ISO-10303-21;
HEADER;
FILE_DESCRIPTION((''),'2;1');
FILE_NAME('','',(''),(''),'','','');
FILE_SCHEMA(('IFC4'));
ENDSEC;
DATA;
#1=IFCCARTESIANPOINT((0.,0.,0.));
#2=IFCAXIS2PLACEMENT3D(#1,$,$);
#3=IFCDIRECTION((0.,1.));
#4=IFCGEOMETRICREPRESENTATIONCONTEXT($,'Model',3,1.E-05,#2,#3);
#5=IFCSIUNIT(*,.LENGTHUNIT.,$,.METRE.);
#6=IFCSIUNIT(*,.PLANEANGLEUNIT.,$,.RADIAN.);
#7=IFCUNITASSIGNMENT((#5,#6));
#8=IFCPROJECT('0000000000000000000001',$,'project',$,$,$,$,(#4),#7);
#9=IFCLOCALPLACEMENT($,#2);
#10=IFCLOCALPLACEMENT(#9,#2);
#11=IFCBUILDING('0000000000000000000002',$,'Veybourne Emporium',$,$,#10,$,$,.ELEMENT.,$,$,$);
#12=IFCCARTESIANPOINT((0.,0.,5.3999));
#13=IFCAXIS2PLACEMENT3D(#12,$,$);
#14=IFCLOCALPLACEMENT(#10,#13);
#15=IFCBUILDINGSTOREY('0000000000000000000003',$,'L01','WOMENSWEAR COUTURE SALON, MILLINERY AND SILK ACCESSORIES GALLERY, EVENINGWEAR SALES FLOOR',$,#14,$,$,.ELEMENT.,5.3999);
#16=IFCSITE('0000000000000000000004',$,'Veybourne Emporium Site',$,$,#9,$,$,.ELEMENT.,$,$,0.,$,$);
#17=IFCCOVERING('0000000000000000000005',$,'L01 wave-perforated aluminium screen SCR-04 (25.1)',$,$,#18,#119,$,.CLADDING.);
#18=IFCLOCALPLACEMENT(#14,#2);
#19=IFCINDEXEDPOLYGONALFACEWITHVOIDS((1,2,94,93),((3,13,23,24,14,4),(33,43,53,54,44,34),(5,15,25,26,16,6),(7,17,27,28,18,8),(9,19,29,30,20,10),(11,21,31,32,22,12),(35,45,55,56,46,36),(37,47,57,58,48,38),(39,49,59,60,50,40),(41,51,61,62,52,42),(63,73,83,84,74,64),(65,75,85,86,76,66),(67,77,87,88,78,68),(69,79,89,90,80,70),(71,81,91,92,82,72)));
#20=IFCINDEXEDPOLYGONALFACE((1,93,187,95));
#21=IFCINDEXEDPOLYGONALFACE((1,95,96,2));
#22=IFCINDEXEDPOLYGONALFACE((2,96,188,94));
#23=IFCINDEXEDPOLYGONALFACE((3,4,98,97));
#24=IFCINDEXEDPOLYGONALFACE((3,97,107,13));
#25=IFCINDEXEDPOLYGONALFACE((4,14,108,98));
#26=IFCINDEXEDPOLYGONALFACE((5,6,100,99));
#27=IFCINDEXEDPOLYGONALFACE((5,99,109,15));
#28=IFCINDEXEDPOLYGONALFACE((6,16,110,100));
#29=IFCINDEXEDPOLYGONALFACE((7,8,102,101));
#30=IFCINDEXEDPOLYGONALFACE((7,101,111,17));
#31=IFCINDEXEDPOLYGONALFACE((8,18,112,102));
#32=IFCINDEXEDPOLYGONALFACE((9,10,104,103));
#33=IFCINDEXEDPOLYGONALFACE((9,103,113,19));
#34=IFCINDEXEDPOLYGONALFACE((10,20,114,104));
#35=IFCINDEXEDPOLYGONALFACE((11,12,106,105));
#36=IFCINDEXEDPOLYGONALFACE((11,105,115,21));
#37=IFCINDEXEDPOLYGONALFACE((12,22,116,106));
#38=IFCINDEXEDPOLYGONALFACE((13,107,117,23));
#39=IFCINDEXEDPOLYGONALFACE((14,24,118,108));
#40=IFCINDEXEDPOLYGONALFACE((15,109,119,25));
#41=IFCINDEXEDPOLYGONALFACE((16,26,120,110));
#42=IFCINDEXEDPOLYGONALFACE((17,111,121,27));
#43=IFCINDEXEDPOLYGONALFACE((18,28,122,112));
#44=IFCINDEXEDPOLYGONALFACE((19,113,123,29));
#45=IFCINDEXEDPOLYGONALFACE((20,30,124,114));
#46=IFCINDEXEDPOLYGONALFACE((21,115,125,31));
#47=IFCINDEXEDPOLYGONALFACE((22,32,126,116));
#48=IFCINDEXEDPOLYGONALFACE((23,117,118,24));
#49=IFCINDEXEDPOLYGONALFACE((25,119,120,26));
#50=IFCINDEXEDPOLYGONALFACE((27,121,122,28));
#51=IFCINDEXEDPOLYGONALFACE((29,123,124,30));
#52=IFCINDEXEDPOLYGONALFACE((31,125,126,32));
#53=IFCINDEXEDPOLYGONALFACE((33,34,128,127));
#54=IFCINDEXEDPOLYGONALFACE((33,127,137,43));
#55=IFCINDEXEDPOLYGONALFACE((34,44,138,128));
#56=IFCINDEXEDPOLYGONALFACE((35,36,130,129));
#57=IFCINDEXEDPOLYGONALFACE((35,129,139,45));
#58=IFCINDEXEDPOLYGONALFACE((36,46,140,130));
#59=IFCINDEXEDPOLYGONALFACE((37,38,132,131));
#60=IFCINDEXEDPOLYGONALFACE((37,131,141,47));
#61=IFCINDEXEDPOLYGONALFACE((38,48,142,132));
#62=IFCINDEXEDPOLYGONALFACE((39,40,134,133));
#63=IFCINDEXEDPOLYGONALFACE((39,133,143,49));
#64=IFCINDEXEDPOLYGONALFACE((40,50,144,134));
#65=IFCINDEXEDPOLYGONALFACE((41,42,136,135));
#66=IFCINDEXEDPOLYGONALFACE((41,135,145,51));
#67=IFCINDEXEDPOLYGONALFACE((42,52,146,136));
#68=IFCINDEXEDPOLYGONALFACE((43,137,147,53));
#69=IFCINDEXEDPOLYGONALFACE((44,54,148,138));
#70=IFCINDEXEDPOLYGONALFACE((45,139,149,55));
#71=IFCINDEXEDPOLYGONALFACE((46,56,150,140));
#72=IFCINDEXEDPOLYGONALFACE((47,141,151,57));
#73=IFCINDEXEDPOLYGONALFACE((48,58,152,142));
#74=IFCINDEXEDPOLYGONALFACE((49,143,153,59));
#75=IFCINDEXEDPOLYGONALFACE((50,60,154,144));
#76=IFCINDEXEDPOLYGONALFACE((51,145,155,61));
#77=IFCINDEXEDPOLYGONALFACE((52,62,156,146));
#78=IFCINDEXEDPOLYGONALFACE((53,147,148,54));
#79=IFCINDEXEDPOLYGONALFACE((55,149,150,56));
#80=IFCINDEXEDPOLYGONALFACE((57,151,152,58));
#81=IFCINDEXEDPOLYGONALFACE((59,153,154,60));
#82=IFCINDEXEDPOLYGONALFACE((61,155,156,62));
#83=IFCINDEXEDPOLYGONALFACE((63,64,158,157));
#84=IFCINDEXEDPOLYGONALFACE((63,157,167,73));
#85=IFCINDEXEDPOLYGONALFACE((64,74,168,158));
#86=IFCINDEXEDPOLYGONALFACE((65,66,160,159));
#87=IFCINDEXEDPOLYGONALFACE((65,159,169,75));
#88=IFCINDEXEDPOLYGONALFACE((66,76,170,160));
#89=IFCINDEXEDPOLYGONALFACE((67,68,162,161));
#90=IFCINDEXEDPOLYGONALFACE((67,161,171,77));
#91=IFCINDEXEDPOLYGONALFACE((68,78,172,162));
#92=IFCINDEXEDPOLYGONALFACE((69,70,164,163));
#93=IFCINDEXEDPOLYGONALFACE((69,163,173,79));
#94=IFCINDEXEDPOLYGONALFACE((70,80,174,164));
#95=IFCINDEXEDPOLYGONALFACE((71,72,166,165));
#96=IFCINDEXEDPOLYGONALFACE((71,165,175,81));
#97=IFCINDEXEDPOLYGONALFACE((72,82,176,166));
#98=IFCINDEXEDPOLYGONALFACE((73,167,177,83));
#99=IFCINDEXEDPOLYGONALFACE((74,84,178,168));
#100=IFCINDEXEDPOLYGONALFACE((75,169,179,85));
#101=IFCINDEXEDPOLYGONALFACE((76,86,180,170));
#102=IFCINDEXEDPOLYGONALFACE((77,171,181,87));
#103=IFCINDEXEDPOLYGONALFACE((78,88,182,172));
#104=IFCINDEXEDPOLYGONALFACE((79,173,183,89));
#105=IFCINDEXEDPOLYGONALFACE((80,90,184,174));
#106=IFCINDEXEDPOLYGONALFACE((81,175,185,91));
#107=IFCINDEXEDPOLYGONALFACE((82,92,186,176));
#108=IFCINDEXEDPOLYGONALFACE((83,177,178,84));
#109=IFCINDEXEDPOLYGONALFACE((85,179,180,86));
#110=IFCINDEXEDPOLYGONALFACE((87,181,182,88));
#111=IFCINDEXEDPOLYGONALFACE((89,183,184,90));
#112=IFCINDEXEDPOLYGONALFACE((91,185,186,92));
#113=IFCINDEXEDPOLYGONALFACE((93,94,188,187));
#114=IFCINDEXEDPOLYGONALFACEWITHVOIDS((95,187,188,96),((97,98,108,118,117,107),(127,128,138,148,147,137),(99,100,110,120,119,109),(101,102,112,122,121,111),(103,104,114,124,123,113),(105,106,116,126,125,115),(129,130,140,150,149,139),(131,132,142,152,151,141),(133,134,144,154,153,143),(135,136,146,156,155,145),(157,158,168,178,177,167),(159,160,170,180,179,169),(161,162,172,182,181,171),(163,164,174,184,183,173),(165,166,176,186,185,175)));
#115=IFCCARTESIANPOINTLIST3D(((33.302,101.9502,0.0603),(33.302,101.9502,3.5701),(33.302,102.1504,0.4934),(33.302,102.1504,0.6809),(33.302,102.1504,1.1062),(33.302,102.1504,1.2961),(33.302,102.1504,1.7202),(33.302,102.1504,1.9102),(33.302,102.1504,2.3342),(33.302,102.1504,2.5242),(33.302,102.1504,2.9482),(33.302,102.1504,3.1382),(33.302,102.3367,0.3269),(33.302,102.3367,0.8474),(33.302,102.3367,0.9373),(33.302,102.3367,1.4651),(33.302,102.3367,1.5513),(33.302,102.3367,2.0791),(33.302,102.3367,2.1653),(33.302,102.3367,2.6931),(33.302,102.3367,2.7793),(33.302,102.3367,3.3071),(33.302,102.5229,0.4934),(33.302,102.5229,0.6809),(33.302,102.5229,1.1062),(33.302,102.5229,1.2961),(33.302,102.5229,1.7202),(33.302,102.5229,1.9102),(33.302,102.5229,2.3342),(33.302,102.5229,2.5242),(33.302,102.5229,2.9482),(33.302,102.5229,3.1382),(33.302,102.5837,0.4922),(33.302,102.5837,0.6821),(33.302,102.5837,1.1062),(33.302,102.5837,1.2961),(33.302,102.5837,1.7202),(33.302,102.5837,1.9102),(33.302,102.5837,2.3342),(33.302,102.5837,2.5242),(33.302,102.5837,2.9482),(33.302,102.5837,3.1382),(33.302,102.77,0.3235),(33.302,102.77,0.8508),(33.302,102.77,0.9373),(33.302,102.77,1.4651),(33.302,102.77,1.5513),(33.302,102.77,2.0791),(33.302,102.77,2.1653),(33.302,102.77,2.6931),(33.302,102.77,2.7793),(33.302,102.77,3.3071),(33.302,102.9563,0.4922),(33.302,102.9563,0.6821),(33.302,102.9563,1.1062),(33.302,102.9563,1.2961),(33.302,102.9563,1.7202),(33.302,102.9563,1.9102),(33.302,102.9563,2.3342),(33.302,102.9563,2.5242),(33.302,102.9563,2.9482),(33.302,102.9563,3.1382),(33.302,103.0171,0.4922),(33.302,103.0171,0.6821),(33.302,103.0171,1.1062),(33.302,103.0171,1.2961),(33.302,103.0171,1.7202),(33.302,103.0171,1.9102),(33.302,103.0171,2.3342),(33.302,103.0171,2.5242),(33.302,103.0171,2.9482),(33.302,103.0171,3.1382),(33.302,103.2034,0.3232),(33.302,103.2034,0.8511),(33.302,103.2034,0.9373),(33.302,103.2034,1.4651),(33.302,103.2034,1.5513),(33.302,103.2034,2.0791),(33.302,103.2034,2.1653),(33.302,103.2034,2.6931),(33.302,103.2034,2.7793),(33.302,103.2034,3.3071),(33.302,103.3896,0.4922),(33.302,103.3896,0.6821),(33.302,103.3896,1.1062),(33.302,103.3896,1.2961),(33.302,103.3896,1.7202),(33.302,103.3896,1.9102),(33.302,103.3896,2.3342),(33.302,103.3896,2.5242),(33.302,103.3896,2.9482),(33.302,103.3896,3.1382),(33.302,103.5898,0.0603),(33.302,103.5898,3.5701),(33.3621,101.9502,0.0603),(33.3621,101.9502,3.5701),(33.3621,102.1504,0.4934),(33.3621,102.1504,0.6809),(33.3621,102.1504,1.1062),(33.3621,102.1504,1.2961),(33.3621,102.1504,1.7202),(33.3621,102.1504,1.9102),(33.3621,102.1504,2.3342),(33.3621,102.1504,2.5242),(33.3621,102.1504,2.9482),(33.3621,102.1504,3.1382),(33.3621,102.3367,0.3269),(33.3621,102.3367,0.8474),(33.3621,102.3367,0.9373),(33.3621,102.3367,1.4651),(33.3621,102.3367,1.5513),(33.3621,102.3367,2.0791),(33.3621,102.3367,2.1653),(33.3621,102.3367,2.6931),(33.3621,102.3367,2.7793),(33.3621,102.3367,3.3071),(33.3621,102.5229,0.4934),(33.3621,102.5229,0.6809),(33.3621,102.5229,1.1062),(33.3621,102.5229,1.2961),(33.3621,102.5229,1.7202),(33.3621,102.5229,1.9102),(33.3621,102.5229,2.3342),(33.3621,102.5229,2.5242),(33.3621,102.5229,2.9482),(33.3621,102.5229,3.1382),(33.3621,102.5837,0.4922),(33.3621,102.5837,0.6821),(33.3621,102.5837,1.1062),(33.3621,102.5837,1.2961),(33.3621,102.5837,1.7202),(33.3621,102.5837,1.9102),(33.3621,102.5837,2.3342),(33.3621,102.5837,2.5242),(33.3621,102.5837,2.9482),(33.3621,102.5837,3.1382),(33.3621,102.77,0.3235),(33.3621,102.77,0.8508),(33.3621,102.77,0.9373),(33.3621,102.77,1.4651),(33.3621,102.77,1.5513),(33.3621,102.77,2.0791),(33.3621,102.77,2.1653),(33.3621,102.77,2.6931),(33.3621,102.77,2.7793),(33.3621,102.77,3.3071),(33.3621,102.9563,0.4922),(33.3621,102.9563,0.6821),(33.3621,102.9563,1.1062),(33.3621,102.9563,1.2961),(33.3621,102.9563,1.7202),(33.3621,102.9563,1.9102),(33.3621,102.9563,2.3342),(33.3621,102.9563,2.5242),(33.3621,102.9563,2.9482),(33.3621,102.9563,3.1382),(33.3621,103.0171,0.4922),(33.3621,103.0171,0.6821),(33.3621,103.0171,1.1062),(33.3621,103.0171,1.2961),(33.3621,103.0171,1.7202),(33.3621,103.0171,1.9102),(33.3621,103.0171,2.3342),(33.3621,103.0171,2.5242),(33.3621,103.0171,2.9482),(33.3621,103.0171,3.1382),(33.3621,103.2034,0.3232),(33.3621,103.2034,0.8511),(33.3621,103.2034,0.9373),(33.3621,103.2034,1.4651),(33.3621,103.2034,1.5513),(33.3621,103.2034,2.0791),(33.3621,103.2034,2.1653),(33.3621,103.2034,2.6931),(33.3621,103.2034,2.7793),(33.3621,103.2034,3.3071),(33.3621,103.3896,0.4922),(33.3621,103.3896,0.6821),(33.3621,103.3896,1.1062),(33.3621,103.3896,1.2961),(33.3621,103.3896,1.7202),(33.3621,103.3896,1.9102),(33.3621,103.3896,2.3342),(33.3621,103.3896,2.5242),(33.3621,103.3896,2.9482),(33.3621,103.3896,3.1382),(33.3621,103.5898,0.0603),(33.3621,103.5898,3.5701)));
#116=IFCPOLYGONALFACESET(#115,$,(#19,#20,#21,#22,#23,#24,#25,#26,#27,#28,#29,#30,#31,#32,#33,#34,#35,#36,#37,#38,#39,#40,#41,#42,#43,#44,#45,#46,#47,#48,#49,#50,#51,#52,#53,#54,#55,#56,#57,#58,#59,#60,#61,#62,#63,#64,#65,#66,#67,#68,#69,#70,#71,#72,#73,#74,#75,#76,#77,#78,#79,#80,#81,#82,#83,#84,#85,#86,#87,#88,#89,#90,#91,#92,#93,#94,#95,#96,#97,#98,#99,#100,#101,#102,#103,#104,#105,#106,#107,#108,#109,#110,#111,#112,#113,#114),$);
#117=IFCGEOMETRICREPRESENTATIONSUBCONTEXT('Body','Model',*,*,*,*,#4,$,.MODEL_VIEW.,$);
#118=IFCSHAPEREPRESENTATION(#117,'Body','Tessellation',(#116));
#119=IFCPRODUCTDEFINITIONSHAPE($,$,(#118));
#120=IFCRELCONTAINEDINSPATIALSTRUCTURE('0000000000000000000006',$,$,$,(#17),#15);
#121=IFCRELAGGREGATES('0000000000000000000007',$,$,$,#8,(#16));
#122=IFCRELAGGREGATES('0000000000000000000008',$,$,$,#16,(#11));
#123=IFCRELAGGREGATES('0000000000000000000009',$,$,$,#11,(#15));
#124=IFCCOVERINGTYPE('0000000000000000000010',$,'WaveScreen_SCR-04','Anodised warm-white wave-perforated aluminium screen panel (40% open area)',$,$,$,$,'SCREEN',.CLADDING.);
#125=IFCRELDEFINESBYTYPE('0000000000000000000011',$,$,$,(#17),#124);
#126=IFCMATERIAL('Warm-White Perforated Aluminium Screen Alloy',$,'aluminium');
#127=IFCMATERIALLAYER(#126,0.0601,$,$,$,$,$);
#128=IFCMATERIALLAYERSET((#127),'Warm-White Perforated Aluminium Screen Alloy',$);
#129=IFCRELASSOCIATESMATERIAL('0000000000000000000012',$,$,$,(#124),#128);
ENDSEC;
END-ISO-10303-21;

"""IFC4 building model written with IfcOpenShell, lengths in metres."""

from ifc_helpers import new_model, si_unit, direction, frame, origin, place, context, subcontext, project, spatial, polyline, outline, extrude, material, layer, layer_set, type_object, element, save


model = new_model("IFC4")

# Units and contexts
model_context = context("Model", 3, precision=1e-05, world=origin(), true_north=direction((0.0, 1.0)))
body_context = subcontext(model_context, "Body", "Model", "MODEL_VIEW")
ifc_project = project(units=[si_unit("LENGTHUNIT", "METRE"), si_unit("PLANEANGLEUNIT", "RADIAN")], contexts=[model_context])

# Site, building, storey
site_placement = place(None, origin())
site = spatial("IfcSite", under=ifc_project, at=site_placement, Name="Veybourne Emporium Site", CompositionType="ELEMENT", RefElevation=0.0)
building_placement = place(site_placement, origin())
building = spatial("IfcBuilding", under=site, at=building_placement, Name="Veybourne Emporium", CompositionType="ELEMENT")
storey_placement = place(building_placement, frame((0.0, 0.0, 5.3999)))
storey = spatial("IfcBuildingStorey", under=building, at=storey_placement, Name="L01", Description="WOMENSWEAR COUTURE SALON, MILLINERY AND SILK ACCESSORIES GALLERY, EVENINGWEAR SALES FLOOR", CompositionType="ELEMENT", Elevation=5.3999)

# Covering
ifc_material_1 = material(Name="Warm-White Perforated Aluminium Screen Alloy", Category="aluminium")
ifc_layer_1 = layer(ifc_material_1, 0.0601)
ifc_layer_set_1 = layer_set([ifc_layer_1], Name="Warm-White Perforated Aluminium Screen Alloy")
covering_type_1 = type_object("IfcCoveringType", Name="WaveScreen_SCR-04", Description="Anodised warm-white wave-perforated aluminium screen panel (40% open area)", ElementType="SCREEN", PredefinedType="CLADDING", material=ifc_layer_set_1)
covering_1_placement = place(storey_placement, frame((33.302, 102.77, 1.8152), z_axis=(1.0, 0.0, 0.0), x_axis=(0.0, 1.0, 0.0)))
element("IfcCovering", 1, at=covering_1_placement, inside=storey, type_object=covering_type_1, Name="L01 wave-perforated aluminium screen SCR-04 (25.1)", PredefinedType="CLADDING", context=body_context, shape_type="SweptSolid", body=[
    extrude(outline(polyline([(-0.8198, -1.7549), (0.8198, -1.7549), (0.8198, 1.7549), (-0.8198, 1.7549), (-0.8198, -1.7549)]), holes=[polyline([(-0.4333, -0.9678), (-0.2471, -1.1343), (-0.2471, -1.3218), (-0.4333, -1.4883), (-0.6196, -1.3218), (-0.6196, -1.1343), (-0.4333, -0.9678)]), polyline([(-0.4333, -0.3501), (-0.2471, -0.519), (-0.2471, -0.709), (-0.4333, -0.8779), (-0.6196, -0.709), (-0.6196, -0.519), (-0.4333, -0.3501)]), polyline([(-0.4333, 0.2639), (-0.2471, 0.095), (-0.2471, -0.095), (-0.4333, -0.2639), (-0.6196, -0.095), (-0.6196, 0.095), (-0.4333, 0.2639)]), polyline([(-0.4333, 0.8779), (-0.2471, 0.709), (-0.2471, 0.519), (-0.4333, 0.3501), (-0.6196, 0.519), (-0.6196, 0.709), (-0.4333, 0.8779)]), polyline([(-0.4333, 1.4919), (-0.2471, 1.323), (-0.2471, 1.1331), (-0.4333, 0.9641), (-0.6196, 1.1331), (-0.6196, 1.323), (-0.4333, 1.4919)]), polyline([(0.0, -0.9644), (0.1863, -1.1331), (0.1863, -1.323), (0.0, -1.4917), (-0.1863, -1.323), (-0.1863, -1.1331), (0.0, -0.9644)]), polyline([(0.0, -0.3501), (0.1863, -0.519), (0.1863, -0.709), (0.0, -0.8779), (-0.1863, -0.709), (-0.1863, -0.519), (0.0, -0.3501)]), polyline([(0.0, 0.2639), (0.1863, 0.095), (0.1863, -0.095), (0.0, -0.2639), (-0.1863, -0.095), (-0.1863, 0.095), (0.0, 0.2639)]), polyline([(0.0, 0.8779), (0.1863, 0.709), (0.1863, 0.519), (0.0, 0.3501), (-0.1863, 0.519), (-0.1863, 0.709), (0.0, 0.8779)]), polyline([(0.0, 1.4919), (0.1863, 1.323), (0.1863, 1.1331), (0.0, 0.9641), (-0.1863, 1.1331), (-0.1863, 1.323), (0.0, 1.4919)]), polyline([(0.4333, -0.9641), (0.6196, -1.1331), (0.6196, -1.323), (0.4333, -1.4919), (0.2471, -1.323), (0.2471, -1.1331), (0.4333, -0.9641)]), polyline([(0.4333, -0.3501), (0.6196, -0.519), (0.6196, -0.709), (0.4333, -0.8779), (0.2471, -0.709), (0.2471, -0.519), (0.4333, -0.3501)]), polyline([(0.4333, 0.2639), (0.6196, 0.095), (0.6196, -0.095), (0.4333, -0.2639), (0.2471, -0.095), (0.2471, 0.095), (0.4333, 0.2639)]), polyline([(0.4333, 0.8779), (0.6196, 0.709), (0.6196, 0.519), (0.4333, 0.3501), (0.2471, 0.519), (0.2471, 0.709), (0.4333, 0.8779)]), polyline([(0.4333, 1.4919), (0.6196, 1.323), (0.6196, 1.1331), (0.4333, 0.9641), (0.2471, 1.1331), (0.2471, 1.323), (0.4333, 1.4919)])]), origin(), (0.0, 0.0, 1.0), 0.0601),
])

save(model, "model.ifc")
